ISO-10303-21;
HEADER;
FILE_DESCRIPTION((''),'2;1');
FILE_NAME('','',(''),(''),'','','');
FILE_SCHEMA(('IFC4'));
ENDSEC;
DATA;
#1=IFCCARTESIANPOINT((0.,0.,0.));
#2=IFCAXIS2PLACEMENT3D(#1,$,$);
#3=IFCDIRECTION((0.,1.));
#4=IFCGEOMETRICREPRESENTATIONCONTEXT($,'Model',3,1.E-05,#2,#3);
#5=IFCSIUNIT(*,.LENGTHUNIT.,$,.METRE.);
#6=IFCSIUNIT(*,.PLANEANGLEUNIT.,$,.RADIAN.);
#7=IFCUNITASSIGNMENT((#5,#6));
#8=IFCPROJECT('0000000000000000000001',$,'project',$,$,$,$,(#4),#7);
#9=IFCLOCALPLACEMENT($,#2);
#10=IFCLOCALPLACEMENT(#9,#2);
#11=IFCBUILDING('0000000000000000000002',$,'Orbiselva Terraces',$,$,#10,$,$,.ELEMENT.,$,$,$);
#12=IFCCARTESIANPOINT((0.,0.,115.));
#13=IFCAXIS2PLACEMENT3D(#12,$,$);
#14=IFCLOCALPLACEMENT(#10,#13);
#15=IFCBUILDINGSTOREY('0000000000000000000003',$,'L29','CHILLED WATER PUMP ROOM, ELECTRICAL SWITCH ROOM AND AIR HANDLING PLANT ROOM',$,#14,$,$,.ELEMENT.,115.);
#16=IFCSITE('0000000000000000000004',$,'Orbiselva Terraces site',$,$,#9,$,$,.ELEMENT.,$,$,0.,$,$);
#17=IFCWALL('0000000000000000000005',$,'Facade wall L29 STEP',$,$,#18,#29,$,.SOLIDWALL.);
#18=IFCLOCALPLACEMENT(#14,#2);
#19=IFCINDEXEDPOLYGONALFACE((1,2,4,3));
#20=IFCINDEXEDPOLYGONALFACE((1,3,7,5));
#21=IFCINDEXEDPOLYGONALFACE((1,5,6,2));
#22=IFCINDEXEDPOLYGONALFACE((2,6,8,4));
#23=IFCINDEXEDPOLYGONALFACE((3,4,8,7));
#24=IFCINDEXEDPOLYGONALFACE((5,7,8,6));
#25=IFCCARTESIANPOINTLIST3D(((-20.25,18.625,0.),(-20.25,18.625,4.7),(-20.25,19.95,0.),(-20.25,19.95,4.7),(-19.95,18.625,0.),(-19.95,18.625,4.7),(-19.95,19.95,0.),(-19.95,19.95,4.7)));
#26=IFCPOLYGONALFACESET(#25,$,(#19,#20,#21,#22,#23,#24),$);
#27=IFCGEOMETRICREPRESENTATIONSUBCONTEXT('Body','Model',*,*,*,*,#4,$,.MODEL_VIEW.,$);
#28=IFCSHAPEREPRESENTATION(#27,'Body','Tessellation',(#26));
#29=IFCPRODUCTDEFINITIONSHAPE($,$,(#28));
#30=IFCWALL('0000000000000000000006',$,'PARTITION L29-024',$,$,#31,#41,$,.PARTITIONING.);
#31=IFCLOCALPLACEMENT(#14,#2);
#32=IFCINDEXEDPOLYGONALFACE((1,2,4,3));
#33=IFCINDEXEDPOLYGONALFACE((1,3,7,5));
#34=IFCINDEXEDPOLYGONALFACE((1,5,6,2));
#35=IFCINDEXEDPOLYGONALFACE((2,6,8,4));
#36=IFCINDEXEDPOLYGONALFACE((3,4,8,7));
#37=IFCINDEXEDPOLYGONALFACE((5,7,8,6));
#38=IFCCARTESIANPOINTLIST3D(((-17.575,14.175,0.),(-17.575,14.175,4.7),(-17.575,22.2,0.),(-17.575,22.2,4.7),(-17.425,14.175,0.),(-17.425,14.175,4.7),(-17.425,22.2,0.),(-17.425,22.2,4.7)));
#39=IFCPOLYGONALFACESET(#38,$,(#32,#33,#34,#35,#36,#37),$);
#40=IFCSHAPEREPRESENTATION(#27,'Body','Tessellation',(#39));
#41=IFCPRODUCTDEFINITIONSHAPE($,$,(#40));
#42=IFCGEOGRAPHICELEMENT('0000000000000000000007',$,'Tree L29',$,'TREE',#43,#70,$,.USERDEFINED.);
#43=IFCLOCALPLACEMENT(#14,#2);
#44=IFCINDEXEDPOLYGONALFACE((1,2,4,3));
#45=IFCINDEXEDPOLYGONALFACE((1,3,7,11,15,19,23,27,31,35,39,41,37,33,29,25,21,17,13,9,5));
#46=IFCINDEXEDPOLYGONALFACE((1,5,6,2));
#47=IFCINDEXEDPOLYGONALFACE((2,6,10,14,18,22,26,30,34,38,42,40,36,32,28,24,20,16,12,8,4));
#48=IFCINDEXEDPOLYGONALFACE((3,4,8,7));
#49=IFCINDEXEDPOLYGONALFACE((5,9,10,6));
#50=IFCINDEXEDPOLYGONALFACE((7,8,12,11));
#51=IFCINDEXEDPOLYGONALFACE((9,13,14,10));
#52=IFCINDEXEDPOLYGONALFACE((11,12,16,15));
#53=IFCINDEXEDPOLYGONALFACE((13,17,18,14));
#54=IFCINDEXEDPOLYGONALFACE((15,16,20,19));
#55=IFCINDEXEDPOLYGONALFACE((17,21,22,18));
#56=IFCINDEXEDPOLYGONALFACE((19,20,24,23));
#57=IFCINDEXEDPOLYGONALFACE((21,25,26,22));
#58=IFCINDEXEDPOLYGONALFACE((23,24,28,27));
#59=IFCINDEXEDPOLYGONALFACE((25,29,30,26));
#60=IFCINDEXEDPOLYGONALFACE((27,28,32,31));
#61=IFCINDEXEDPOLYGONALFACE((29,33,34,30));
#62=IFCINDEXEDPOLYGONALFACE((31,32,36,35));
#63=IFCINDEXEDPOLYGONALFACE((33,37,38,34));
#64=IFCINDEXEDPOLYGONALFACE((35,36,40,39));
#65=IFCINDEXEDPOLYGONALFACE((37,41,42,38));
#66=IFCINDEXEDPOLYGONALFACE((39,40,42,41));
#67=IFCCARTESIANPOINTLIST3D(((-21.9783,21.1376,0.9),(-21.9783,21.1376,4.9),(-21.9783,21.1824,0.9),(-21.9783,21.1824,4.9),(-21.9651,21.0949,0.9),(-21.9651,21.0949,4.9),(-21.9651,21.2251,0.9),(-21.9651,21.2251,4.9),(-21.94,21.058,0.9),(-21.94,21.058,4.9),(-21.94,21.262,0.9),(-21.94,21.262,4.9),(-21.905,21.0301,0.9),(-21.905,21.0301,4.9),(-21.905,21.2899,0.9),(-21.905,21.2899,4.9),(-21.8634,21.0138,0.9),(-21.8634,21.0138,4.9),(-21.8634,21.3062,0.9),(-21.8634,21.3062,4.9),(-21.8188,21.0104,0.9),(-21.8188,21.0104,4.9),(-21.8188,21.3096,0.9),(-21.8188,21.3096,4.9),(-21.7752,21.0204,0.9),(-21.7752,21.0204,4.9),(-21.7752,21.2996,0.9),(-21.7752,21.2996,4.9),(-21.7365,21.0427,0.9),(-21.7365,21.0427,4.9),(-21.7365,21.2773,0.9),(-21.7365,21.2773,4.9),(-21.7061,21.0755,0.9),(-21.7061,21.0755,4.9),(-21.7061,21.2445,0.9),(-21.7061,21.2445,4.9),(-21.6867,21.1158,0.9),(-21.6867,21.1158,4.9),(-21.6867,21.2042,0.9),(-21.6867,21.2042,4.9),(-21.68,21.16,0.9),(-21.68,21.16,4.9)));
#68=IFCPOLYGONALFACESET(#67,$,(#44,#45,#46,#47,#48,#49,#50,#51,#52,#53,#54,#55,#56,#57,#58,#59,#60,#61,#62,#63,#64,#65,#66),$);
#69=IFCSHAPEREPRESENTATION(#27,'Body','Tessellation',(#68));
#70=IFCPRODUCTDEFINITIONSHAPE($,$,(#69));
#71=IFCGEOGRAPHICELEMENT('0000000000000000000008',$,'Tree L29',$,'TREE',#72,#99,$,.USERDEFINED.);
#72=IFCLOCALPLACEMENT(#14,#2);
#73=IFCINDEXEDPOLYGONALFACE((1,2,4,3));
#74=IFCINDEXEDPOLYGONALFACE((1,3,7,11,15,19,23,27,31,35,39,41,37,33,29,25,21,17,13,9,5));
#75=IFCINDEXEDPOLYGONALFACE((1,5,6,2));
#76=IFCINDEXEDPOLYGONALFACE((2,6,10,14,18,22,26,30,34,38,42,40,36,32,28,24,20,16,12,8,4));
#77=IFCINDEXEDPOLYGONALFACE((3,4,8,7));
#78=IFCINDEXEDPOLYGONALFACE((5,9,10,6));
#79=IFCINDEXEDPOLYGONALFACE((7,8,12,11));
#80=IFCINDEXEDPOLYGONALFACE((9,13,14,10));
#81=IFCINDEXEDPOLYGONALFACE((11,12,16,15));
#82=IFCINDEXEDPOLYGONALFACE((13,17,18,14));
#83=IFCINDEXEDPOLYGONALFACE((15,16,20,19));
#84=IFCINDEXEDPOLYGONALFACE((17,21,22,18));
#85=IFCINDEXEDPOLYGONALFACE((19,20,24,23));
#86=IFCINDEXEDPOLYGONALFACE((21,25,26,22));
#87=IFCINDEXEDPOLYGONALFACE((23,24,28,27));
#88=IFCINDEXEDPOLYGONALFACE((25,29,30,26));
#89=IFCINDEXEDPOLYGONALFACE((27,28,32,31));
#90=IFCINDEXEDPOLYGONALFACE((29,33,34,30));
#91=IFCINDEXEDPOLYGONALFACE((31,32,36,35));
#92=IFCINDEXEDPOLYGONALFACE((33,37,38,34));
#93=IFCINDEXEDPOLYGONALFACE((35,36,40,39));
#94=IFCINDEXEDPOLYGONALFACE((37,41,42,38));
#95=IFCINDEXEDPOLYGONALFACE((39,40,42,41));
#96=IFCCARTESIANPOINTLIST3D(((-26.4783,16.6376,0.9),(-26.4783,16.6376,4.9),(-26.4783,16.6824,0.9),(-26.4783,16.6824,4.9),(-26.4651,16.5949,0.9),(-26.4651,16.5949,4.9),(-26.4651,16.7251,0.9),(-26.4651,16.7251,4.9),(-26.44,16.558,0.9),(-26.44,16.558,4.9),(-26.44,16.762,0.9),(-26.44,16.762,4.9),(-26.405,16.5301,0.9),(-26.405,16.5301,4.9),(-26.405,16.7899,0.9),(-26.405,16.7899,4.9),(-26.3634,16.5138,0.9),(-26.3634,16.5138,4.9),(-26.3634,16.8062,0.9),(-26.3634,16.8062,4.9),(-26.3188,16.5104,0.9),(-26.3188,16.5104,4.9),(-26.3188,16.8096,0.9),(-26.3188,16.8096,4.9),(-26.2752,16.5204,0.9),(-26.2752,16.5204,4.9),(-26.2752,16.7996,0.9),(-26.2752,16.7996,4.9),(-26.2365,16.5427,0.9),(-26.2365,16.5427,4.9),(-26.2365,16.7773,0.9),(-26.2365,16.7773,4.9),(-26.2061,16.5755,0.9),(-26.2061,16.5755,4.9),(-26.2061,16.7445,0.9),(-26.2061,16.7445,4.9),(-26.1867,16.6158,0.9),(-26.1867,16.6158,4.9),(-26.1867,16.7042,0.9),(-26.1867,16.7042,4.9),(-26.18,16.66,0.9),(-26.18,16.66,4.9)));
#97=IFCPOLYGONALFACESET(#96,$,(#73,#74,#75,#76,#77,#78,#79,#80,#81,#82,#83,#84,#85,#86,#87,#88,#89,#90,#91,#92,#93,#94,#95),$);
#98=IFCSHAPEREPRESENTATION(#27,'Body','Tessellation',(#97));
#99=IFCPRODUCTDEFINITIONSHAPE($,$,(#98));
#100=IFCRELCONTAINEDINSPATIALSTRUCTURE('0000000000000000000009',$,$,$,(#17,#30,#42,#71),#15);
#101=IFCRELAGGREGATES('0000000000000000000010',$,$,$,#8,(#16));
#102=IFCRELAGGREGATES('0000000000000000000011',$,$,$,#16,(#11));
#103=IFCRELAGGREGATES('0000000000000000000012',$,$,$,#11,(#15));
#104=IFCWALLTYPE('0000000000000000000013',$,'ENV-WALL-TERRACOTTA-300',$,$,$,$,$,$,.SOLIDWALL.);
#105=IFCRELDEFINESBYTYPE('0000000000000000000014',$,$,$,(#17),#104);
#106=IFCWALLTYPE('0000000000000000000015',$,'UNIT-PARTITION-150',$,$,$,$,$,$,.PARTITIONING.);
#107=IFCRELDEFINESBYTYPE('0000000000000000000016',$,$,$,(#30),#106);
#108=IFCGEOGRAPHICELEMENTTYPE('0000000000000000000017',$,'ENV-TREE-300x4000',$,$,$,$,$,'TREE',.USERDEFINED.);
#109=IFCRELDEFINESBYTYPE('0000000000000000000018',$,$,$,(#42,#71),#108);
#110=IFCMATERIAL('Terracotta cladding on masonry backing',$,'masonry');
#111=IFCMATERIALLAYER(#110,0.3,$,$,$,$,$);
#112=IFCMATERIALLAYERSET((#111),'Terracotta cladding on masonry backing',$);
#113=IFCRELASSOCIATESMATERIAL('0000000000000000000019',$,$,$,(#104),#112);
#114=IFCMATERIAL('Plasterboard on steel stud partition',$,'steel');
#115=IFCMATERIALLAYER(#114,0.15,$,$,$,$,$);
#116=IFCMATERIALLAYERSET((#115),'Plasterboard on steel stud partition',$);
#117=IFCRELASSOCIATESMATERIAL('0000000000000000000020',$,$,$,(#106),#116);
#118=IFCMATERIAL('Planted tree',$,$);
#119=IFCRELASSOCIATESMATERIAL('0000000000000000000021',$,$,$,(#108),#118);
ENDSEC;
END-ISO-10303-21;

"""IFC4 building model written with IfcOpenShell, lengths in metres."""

from ifc_helpers import new_model, si_unit, direction, frame, frame_2d, origin, origin_2d, place, context, subcontext, project, spatial, rectangle, circle, extrude, material, layer, layer_set, type_object, element, save


model = new_model("IFC4")

# Units and contexts
model_context = context("Model", 3, precision=1e-05, world=origin(), true_north=direction((0.0, 1.0)))
body_context = subcontext(model_context, "Body", "Model", "MODEL_VIEW")
ifc_project = project(units=[si_unit("LENGTHUNIT", "METRE"), si_unit("PLANEANGLEUNIT", "RADIAN")], contexts=[model_context])

# Site, building, storey
site_placement = place(None, origin())
site = spatial("IfcSite", under=ifc_project, at=site_placement, Name="Orbiselva Terraces site", CompositionType="ELEMENT", RefElevation=0.0)
building_placement = place(site_placement, origin())
building = spatial("IfcBuilding", under=site, at=building_placement, Name="Orbiselva Terraces", CompositionType="ELEMENT")
storey_placement = place(building_placement, frame((0.0, 0.0, 115.0)))
storey = spatial("IfcBuildingStorey", under=building, at=storey_placement, Name="L29", Description="CHILLED WATER PUMP ROOM, ELECTRICAL SWITCH ROOM AND AIR HANDLING PLANT ROOM", CompositionType="ELEMENT", Elevation=115.0)

# Walls
ifc_material_1 = material(Name="Terracotta cladding on masonry backing", Category="masonry")
ifc_layer_1 = layer(ifc_material_1, 0.3)
ifc_layer_set_1 = layer_set([ifc_layer_1], Name="Terracotta cladding on masonry backing")
wall_type_1 = type_object("IfcWallType", Name="ENV-WALL-TERRACOTTA-300", PredefinedType="SOLIDWALL", material=ifc_layer_set_1)
wall_1_placement = place(storey_placement, frame((-20.1, 18.625, 0.0), z_axis=(0.0, 0.0, 1.0), x_axis=(0.0, 1.0, 0.0)))
element("IfcWall", 1, at=wall_1_placement, inside=storey, type_object=wall_type_1, Name="Facade wall L29 STEP", PredefinedType="SOLIDWALL", context=body_context, shape_type="SweptSolid", body=[
    extrude(rectangle(XDim=1.325, YDim=0.3, at=frame_2d((0.6625, 0.0))), origin(), (0.0, 0.0, 1.0), 4.7),
])
ifc_material_2 = material(Name="Plasterboard on steel stud partition", Category="steel")
ifc_layer_2 = layer(ifc_material_2, 0.15)
ifc_layer_set_2 = layer_set([ifc_layer_2], Name="Plasterboard on steel stud partition")
wall_type_2 = type_object("IfcWallType", Name="UNIT-PARTITION-150", PredefinedType="PARTITIONING", material=ifc_layer_set_2)
wall_2_placement = place(storey_placement, frame((-17.5, 14.175, 0.0), z_axis=(0.0, 0.0, 1.0), x_axis=(0.0, 1.0, 0.0)))
element("IfcWall", 2, at=wall_2_placement, inside=storey, type_object=wall_type_2, Name="PARTITION L29-024", PredefinedType="PARTITIONING", context=body_context, shape_type="SweptSolid", body=[
    extrude(rectangle(XDim=8.025, YDim=0.15, at=frame_2d((4.0125, 0.0))), origin(), (0.0, 0.0, 1.0), 4.7),
])

# Geographic elements
ifc_material_3 = material(Name="Planted tree")
geographic_element_type = type_object("IfcGeographicElementType", Name="ENV-TREE-300x4000", ElementType="TREE", PredefinedType="USERDEFINED", material=ifc_material_3)
for number, where, z_axis, x_axis, name in (
    (3, (-21.83, 21.16, 4.9), (0.0, 0.0, -1.0), (1.0, 0.0, 0.0), "Tree L29"),
    (4, (-26.33, 16.66, 4.9), (0.0, 0.0, -1.0), (1.0, 0.0, 0.0), "Tree L29"),
):
    element("IfcGeographicElement", number, at=place(storey_placement, frame(where, z_axis=z_axis, x_axis=x_axis)), inside=storey, type_object=geographic_element_type, Name=name, ObjectType="TREE", PredefinedType="USERDEFINED", context=body_context, shape_type="SweptSolid", body=[
        extrude(circle(Radius=0.15, at=origin_2d()), origin(), (0.0, 0.0, 1.0), 4.0),
    ])

save(model, "model.ifc")
